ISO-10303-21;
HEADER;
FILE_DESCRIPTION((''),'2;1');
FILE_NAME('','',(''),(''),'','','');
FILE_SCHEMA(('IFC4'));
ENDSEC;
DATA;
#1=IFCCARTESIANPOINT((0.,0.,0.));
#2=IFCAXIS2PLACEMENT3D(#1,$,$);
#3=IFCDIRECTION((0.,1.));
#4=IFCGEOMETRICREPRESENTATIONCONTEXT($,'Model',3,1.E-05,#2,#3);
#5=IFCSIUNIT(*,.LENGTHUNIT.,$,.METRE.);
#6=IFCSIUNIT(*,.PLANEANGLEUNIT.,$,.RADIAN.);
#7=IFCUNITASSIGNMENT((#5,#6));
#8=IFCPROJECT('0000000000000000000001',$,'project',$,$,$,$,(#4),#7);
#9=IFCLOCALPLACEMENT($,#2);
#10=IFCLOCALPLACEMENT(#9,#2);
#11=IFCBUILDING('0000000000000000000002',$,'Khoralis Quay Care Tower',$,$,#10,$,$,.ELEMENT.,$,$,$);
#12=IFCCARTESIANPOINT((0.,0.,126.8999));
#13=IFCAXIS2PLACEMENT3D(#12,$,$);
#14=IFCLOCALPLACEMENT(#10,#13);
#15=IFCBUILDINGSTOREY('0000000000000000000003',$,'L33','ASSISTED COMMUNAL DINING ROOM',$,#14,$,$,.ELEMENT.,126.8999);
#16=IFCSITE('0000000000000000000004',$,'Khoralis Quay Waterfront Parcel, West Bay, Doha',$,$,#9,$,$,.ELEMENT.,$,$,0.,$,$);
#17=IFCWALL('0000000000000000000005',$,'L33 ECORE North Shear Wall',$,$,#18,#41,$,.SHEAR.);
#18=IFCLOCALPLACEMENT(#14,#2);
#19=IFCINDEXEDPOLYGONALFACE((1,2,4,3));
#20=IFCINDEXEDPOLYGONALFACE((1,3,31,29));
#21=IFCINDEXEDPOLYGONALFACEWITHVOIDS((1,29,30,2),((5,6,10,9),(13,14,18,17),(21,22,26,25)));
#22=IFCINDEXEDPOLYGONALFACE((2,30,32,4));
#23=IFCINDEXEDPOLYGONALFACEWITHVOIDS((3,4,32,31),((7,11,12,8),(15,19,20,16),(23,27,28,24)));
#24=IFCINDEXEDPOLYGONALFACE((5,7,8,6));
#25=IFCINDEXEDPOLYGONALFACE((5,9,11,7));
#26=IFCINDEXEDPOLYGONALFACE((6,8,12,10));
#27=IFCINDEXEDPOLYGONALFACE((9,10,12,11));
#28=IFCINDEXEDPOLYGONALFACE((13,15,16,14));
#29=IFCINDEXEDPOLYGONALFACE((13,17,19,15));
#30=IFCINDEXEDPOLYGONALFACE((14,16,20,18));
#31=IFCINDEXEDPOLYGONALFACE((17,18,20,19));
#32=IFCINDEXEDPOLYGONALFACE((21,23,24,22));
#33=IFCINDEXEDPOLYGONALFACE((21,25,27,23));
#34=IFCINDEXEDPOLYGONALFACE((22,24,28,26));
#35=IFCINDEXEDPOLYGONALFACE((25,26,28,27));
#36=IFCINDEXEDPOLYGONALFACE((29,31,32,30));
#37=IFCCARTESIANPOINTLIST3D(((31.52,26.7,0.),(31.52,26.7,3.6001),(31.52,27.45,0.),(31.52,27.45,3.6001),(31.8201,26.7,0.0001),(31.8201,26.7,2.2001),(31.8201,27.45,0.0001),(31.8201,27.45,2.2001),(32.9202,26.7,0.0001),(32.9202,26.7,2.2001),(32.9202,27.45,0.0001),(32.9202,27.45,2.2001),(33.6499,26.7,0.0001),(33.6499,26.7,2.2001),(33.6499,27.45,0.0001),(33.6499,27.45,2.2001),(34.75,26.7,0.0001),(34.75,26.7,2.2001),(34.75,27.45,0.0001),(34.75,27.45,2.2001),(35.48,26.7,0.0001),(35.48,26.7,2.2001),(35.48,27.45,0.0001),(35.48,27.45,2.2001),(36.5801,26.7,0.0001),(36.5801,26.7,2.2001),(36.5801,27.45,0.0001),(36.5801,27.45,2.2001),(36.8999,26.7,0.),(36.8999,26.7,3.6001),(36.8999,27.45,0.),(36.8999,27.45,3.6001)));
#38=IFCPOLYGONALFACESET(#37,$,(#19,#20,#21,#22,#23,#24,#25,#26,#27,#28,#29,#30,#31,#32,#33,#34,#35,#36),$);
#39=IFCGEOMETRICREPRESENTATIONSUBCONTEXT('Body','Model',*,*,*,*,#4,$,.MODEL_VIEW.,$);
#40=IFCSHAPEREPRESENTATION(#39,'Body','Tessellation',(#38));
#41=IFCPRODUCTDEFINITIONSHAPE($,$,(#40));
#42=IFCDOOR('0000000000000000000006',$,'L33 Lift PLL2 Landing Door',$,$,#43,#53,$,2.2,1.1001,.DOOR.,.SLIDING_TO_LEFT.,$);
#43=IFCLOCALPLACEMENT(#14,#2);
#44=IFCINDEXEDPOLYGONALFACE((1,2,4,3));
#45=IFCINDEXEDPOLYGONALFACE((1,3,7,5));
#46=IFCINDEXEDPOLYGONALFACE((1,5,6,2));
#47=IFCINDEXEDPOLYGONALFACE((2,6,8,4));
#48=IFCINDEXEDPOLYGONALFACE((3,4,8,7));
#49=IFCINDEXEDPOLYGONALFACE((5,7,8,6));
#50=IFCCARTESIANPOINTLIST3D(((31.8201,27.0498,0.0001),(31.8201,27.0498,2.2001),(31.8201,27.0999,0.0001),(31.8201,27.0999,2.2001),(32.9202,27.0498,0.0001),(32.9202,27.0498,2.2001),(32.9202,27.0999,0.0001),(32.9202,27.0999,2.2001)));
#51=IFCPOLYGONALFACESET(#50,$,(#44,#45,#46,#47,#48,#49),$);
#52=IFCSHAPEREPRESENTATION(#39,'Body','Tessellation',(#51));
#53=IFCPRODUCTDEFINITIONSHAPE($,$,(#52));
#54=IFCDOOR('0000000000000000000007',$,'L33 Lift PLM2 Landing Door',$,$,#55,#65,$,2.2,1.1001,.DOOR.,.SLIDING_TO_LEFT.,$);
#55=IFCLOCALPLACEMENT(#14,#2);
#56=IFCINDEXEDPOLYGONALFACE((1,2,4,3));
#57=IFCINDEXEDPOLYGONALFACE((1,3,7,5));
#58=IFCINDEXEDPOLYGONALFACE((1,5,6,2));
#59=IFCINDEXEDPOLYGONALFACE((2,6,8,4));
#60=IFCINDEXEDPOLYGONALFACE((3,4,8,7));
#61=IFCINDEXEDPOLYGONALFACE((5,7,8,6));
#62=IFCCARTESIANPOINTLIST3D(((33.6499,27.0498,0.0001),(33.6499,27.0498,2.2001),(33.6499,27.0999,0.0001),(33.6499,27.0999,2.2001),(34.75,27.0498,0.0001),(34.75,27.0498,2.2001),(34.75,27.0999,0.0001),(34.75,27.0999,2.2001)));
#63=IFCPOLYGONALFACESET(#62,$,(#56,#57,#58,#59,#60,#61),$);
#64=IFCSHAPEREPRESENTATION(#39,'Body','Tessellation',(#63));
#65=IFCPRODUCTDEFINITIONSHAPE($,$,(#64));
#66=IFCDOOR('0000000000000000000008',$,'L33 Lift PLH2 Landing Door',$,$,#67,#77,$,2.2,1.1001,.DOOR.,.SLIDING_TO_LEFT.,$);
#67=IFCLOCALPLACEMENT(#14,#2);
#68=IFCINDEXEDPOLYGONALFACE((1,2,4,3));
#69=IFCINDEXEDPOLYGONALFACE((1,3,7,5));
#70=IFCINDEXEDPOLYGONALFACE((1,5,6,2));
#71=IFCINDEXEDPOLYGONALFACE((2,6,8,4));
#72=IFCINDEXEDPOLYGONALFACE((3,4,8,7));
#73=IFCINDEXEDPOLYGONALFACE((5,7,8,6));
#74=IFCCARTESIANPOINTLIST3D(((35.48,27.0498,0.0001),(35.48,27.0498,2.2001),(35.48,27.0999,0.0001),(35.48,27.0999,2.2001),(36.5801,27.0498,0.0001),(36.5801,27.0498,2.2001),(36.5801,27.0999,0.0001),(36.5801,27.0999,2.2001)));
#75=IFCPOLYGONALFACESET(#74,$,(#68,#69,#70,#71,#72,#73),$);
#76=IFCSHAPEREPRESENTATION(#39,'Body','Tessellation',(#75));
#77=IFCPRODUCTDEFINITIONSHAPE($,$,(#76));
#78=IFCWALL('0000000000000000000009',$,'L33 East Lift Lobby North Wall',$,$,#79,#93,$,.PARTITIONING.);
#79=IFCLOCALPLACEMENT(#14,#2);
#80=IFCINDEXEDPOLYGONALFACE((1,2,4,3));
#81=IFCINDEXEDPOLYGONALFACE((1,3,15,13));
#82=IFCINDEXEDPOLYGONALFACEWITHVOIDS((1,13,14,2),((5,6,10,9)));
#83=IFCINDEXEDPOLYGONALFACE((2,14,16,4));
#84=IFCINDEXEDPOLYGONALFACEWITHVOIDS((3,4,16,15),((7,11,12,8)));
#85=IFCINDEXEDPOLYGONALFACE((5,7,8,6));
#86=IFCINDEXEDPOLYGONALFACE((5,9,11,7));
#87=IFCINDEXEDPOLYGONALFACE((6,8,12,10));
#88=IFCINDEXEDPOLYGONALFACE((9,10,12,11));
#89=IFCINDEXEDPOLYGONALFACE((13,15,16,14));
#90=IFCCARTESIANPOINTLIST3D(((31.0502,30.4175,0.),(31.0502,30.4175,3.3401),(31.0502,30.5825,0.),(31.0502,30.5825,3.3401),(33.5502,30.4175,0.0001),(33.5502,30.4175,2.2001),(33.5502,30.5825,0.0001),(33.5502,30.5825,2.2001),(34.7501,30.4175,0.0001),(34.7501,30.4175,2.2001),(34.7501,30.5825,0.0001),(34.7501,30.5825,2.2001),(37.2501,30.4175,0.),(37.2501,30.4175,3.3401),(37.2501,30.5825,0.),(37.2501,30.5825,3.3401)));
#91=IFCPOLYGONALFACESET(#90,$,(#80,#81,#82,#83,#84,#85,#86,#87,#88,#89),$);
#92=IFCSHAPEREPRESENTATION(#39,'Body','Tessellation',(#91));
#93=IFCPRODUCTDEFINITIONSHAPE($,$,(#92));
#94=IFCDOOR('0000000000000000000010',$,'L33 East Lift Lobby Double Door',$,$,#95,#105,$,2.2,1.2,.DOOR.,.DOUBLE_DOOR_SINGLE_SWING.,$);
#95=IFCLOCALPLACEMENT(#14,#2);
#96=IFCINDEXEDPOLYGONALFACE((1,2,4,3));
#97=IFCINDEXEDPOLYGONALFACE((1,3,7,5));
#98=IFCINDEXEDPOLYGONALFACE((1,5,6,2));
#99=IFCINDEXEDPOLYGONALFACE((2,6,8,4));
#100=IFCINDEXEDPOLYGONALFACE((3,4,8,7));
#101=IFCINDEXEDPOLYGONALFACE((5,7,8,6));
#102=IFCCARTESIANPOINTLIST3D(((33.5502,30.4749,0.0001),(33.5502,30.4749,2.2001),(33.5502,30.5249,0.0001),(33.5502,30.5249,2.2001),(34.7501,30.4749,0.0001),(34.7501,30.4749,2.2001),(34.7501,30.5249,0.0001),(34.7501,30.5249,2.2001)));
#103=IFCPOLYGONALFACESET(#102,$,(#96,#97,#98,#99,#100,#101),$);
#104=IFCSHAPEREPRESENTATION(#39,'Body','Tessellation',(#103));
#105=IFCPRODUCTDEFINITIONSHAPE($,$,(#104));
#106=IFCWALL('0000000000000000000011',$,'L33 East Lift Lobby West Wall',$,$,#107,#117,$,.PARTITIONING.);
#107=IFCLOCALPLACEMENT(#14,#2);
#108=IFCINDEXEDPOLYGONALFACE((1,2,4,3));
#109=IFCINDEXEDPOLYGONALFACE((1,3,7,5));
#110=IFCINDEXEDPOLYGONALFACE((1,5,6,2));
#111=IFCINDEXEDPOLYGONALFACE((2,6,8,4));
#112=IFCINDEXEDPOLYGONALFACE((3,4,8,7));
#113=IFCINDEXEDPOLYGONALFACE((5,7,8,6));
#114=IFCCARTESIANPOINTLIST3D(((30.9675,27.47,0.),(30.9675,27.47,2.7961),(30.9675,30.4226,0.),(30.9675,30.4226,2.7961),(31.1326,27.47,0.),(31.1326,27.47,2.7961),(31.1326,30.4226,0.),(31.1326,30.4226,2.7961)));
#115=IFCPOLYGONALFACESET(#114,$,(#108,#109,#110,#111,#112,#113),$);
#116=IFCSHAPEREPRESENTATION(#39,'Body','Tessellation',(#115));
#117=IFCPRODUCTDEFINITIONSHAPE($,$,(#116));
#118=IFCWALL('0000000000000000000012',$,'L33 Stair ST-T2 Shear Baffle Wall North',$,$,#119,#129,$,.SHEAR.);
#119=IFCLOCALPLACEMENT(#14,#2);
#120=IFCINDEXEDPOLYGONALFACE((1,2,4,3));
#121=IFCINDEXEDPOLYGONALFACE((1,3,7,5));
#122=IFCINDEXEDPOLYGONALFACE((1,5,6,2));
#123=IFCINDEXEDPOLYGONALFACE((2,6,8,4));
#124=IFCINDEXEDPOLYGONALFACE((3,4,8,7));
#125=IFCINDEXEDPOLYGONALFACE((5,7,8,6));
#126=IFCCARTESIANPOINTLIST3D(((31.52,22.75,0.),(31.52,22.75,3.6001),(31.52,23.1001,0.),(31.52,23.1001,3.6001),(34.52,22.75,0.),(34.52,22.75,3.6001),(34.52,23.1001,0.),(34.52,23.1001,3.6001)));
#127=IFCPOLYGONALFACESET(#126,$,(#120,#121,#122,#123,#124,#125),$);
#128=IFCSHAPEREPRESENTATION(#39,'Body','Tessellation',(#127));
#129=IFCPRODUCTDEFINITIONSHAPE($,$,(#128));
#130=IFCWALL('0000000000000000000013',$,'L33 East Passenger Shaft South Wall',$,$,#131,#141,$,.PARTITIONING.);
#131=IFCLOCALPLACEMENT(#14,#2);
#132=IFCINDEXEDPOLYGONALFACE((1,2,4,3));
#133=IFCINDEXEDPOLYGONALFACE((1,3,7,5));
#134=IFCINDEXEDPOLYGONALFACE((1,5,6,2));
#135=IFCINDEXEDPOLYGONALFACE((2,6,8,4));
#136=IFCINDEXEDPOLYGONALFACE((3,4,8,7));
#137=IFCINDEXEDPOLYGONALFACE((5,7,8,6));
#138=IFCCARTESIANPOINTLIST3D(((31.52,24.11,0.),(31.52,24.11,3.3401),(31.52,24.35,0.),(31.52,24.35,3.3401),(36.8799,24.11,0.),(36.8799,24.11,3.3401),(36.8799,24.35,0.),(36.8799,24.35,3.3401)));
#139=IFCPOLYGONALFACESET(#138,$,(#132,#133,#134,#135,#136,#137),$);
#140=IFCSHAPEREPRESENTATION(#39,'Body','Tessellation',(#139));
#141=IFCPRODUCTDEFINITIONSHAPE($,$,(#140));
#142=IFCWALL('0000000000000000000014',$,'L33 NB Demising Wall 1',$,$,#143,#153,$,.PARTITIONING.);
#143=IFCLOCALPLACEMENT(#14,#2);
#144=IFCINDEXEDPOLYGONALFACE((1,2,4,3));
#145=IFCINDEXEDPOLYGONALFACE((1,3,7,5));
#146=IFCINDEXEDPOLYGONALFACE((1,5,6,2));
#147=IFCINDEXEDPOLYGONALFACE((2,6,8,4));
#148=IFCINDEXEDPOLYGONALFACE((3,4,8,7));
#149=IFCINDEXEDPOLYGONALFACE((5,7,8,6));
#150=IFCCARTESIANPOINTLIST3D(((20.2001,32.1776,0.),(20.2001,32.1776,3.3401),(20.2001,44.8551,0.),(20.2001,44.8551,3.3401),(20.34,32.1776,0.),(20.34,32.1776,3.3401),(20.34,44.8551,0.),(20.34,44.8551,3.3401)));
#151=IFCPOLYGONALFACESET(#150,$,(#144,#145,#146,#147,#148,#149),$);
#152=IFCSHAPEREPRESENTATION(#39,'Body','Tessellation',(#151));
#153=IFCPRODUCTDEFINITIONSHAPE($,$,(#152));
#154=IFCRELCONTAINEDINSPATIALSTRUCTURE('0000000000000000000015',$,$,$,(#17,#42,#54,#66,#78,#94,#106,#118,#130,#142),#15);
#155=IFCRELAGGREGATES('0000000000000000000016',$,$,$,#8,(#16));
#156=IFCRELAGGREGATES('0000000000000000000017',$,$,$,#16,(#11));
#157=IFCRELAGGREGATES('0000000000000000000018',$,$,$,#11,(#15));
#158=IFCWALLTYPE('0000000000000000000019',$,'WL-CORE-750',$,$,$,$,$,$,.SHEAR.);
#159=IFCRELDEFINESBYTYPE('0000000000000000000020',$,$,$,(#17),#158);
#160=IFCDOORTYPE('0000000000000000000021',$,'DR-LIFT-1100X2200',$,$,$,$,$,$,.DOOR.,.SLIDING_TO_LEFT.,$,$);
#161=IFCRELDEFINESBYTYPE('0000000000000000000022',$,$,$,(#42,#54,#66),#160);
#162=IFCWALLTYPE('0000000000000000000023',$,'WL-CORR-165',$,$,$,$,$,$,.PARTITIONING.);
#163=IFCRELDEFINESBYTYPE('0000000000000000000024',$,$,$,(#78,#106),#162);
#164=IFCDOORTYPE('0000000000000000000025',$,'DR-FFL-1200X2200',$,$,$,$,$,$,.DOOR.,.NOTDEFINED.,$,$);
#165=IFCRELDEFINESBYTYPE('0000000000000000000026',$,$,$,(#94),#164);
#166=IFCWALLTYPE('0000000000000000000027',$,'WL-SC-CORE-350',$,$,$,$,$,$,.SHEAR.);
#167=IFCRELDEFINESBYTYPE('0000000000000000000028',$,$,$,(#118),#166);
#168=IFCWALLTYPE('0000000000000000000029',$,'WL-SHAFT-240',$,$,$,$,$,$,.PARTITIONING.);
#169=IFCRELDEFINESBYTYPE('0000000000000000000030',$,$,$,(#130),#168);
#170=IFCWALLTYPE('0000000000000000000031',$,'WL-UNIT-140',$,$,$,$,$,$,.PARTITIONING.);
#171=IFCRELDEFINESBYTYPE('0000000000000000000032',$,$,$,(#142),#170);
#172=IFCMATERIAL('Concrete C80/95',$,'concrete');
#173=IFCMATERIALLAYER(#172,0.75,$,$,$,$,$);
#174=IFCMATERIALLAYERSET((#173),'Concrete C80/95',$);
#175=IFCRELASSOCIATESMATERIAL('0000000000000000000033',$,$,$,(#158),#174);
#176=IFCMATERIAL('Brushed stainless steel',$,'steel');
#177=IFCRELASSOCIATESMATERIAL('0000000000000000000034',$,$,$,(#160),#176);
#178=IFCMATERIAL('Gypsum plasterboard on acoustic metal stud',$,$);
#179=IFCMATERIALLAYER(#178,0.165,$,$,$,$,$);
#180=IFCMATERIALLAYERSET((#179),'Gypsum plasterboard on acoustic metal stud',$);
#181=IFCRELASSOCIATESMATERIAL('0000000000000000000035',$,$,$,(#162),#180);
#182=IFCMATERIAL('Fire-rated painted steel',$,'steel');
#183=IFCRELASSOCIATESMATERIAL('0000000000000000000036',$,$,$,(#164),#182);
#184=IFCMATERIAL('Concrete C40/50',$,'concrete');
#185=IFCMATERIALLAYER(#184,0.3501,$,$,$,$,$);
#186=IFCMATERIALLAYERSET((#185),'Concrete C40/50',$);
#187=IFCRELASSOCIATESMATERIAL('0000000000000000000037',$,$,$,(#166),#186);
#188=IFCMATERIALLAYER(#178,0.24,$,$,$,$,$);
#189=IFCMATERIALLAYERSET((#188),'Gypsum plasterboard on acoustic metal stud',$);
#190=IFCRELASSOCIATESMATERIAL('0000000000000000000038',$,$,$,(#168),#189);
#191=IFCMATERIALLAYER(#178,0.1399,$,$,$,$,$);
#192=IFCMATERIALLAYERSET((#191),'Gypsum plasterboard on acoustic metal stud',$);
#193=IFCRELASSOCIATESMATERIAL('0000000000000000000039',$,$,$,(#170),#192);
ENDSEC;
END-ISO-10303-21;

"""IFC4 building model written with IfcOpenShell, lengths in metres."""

from ifc_helpers import new_model, si_unit, direction, frame, frame_2d, origin, place, context, subcontext, project, spatial, rectangle, extrude, source, transform, mapped, material, layer, layer_set, type_object, element, fill, save


model = new_model("IFC4")

# Units and contexts
model_context = context("Model", 3, precision=1e-05, world=origin(), true_north=direction((0.0, 1.0)))
body_context = subcontext(model_context, "Body", "Model", "MODEL_VIEW")
ifc_project = project(units=[si_unit("LENGTHUNIT", "METRE"), si_unit("PLANEANGLEUNIT", "RADIAN")], contexts=[model_context])

# Site, building, storey
site_placement = place(None, origin())
site = spatial("IfcSite", under=ifc_project, at=site_placement, Name="Khoralis Quay Waterfront Parcel, West Bay, Doha", CompositionType="ELEMENT", RefElevation=0.0)
building_placement = place(site_placement, origin())
building = spatial("IfcBuilding", under=site, at=building_placement, Name="Khoralis Quay Care Tower", CompositionType="ELEMENT")
storey_placement = place(building_placement, frame((0.0, 0.0, 126.8999)))
storey = spatial("IfcBuildingStorey", under=building, at=storey_placement, Name="L33", Description="ASSISTED COMMUNAL DINING ROOM", CompositionType="ELEMENT", Elevation=126.8999)

# Wall, openings, doors
ifc_material_1 = material(Name="Concrete C80/95", Category="concrete")
ifc_layer_1 = layer(ifc_material_1, 0.75)
ifc_layer_set_1 = layer_set([ifc_layer_1], Name="Concrete C80/95")
wall_type_1 = type_object("IfcWallType", Name="WL-CORE-750", PredefinedType="SHEAR", material=ifc_layer_set_1)
wall_1_placement = place(storey_placement, frame((31.52, 27.075, 0.0), z_axis=(0.0, 0.0, 1.0), x_axis=(1.0, 0.0, 0.0)))
wall_1 = element("IfcWall", 1, at=wall_1_placement, inside=storey, type_object=wall_type_1, Name="L33 ECORE North Shear Wall", PredefinedType="SHEAR", context=body_context, shape_type="SweptSolid", body=[
    extrude(rectangle(XDim=5.3799, YDim=0.75, at=frame_2d((2.6899, 0.0))), origin(), (0.0, 0.0, 1.0), 3.6001),
])
opening_1_placement = place(wall_1_placement, frame((0.3, 0.0, 0.0)))
opening_1 = element("IfcOpeningElement", 2, at=opening_1_placement, cuts=wall_1, PredefinedType="OPENING", context=body_context, shape_type="SweptSolid", body=[
    extrude(rectangle(XDim=1.1001, YDim=2.2, at=frame_2d((0.55, 1.1001))), frame((0.0, 0.385, 0.0), z_axis=(0.0, -1.0, 0.0), x_axis=(1.0, 0.0, 0.0)), (0.0, 0.0, 1.0), 0.77),
])
opening_2_placement = place(wall_1_placement, frame((2.1299, 0.0, 0.0)))
opening_2 = element("IfcOpeningElement", 3, at=opening_2_placement, cuts=wall_1, PredefinedType="OPENING", context=body_context, shape_type="SweptSolid", body=[
    extrude(rectangle(XDim=1.1001, YDim=2.2, at=frame_2d((0.55, 1.1001))), frame((0.0, 0.385, 0.0), z_axis=(0.0, -1.0, 0.0), x_axis=(1.0, 0.0, 0.0)), (0.0, 0.0, 1.0), 0.77),
])
opening_3_placement = place(wall_1_placement, frame((3.96, 0.0, 0.0)))
opening_3 = element("IfcOpeningElement", 4, at=opening_3_placement, cuts=wall_1, PredefinedType="OPENING", context=body_context, shape_type="SweptSolid", body=[
    extrude(rectangle(XDim=1.1001, YDim=2.2, at=frame_2d((0.55, 1.1001))), frame((0.0, 0.385, 0.0), z_axis=(0.0, -1.0, 0.0), x_axis=(1.0, 0.0, 0.0)), (0.0, 0.0, 1.0), 0.77),
])
ifc_material_2 = material(Name="Brushed stainless steel", Category="steel")
door_type_1 = type_object("IfcDoorType", Name="DR-LIFT-1100X2200", OperationType="SLIDING_TO_LEFT", PredefinedType="DOOR", material=ifc_material_2)
shared_shape_1 = source(origin(), body_context, "Body", "SweptSolid", [
    extrude(rectangle(XDim=1.1001, YDim=2.2, at=frame_2d((0.55, 1.1001))), frame((0.0, 0.0249, 0.0), z_axis=(0.0, -1.0, 0.0), x_axis=(1.0, 0.0, 0.0)), (0.0, 0.0, 1.0), 0.05),
])
door_1_placement = place(opening_1_placement, origin())
door_1 = element("IfcDoor", 5, at=door_1_placement, inside=storey, type_object=door_type_1, Name="L33 Lift PLL2 Landing Door", OperationType="SLIDING_TO_LEFT", OverallHeight=2.2, OverallWidth=1.1001, PredefinedType="DOOR", context=body_context, shape_type="MappedRepresentation", body=[
    mapped(shared_shape_1, transform((0.0, 0.0, 0.0), scale=1.0)),
])
fill(opening_1, door_1)
door_2_placement = place(opening_2_placement, origin())
door_2 = element("IfcDoor", 6, at=door_2_placement, inside=storey, type_object=door_type_1, Name="L33 Lift PLM2 Landing Door", OperationType="SLIDING_TO_LEFT", OverallHeight=2.2, OverallWidth=1.1001, PredefinedType="DOOR", context=body_context, shape_type="MappedRepresentation", body=[
    mapped(shared_shape_1, transform((0.0, 0.0, 0.0), scale=1.0)),
])
fill(opening_2, door_2)
door_3_placement = place(opening_3_placement, origin())
door_3 = element("IfcDoor", 7, at=door_3_placement, inside=storey, type_object=door_type_1, Name="L33 Lift PLH2 Landing Door", OperationType="SLIDING_TO_LEFT", OverallHeight=2.2, OverallWidth=1.1001, PredefinedType="DOOR", context=body_context, shape_type="MappedRepresentation", body=[
    mapped(shared_shape_1, transform((0.0, 0.0, 0.0), scale=1.0)),
])
fill(opening_3, door_3)

# Wall, opening, door
ifc_material_3 = material(Name="Gypsum plasterboard on acoustic metal stud")
ifc_layer_2 = layer(ifc_material_3, 0.165)
ifc_layer_set_2 = layer_set([ifc_layer_2], Name="Gypsum plasterboard on acoustic metal stud")
wall_type_2 = type_object("IfcWallType", Name="WL-CORR-165", PredefinedType="PARTITIONING", material=ifc_layer_set_2)
wall_2_placement = place(storey_placement, frame((31.05, 30.5, 0.0), z_axis=(0.0, 0.0, 1.0), x_axis=(1.0, 0.0, 0.0)))
wall_2 = element("IfcWall", 8, at=wall_2_placement, inside=storey, type_object=wall_type_2, Name="L33 East Lift Lobby North Wall", PredefinedType="PARTITIONING", context=body_context, shape_type="SweptSolid", body=[
    extrude(rectangle(XDim=6.2, YDim=0.165, at=frame_2d((3.1001, 0.0))), origin(), (0.0, 0.0, 1.0), 3.3401),
])
opening_4_placement = place(wall_2_placement, frame((2.5, 0.0, 0.0)))
opening_4 = element("IfcOpeningElement", 9, at=opening_4_placement, cuts=wall_2, PredefinedType="OPENING", context=body_context, shape_type="SweptSolid", body=[
    extrude(rectangle(XDim=1.2, YDim=2.2, at=frame_2d((0.6001, 1.1001))), frame((0.0, 0.0925, 0.0), z_axis=(0.0, -1.0, 0.0), x_axis=(1.0, 0.0, 0.0)), (0.0, 0.0, 1.0), 0.1851),
])
ifc_material_4 = material(Name="Fire-rated painted steel", Category="steel")
door_type_2 = type_object("IfcDoorType", Name="DR-FFL-1200X2200", OperationType="NOTDEFINED", PredefinedType="DOOR", material=ifc_material_4)
shared_shape_2 = source(origin(), body_context, "Body", "SweptSolid", [
    extrude(rectangle(XDim=1.2, YDim=2.2, at=frame_2d((0.6001, 1.1001))), frame((0.0, 0.0249, 0.0), z_axis=(0.0, -1.0, 0.0), x_axis=(1.0, 0.0, 0.0)), (0.0, 0.0, 1.0), 0.05),
])
door_4_placement = place(opening_4_placement, origin())
door_4 = element("IfcDoor", 10, at=door_4_placement, inside=storey, type_object=door_type_2, Name="L33 East Lift Lobby Double Door", OperationType="DOUBLE_DOOR_SINGLE_SWING", OverallHeight=2.2, OverallWidth=1.2, PredefinedType="DOOR", context=body_context, shape_type="MappedRepresentation", body=[
    mapped(shared_shape_2, transform((0.0, 0.0, 0.0), scale=1.0)),
])
fill(opening_4, door_4)

# Walls
wall_3_placement = place(storey_placement, frame((31.05, 27.47, 0.0), z_axis=(0.0, 0.0, 1.0), x_axis=(0.0, 1.0, 0.0)))
element("IfcWall", 11, at=wall_3_placement, inside=storey, type_object=wall_type_2, Name="L33 East Lift Lobby West Wall", PredefinedType="PARTITIONING", context=body_context, shape_type="SweptSolid", body=[
    extrude(rectangle(XDim=2.9526, YDim=0.165, at=frame_2d((1.4763, 0.0))), origin(), (0.0, 0.0, 1.0), 2.7961),
])
ifc_material_5 = material(Name="Concrete C40/50", Category="concrete")
ifc_layer_3 = layer(ifc_material_5, 0.3501)
ifc_layer_set_3 = layer_set([ifc_layer_3], Name="Concrete C40/50")
wall_type_3 = type_object("IfcWallType", Name="WL-SC-CORE-350", PredefinedType="SHEAR", material=ifc_layer_set_3)
wall_4_placement = place(storey_placement, frame((31.52, 22.925, 0.0), z_axis=(0.0, 0.0, 1.0), x_axis=(1.0, 0.0, 0.0)))
element("IfcWall", 12, at=wall_4_placement, inside=storey, type_object=wall_type_3, Name="L33 Stair ST-T2 Shear Baffle Wall North", PredefinedType="SHEAR", context=body_context, shape_type="SweptSolid", body=[
    extrude(rectangle(XDim=3.0, YDim=0.3501, at=frame_2d((1.5, 0.0))), origin(), (0.0, 0.0, 1.0), 3.6001),
])
ifc_layer_4 = layer(ifc_material_3, 0.24)
ifc_layer_set_4 = layer_set([ifc_layer_4], Name="Gypsum plasterboard on acoustic metal stud")
wall_type_4 = type_object("IfcWallType", Name="WL-SHAFT-240", PredefinedType="PARTITIONING", material=ifc_layer_set_4)
wall_5_placement = place(storey_placement, frame((31.52, 24.23, 0.0), z_axis=(0.0, 0.0, 1.0), x_axis=(1.0, 0.0, 0.0)))
element("IfcWall", 13, at=wall_5_placement, inside=storey, type_object=wall_type_4, Name="L33 East Passenger Shaft South Wall", PredefinedType="PARTITIONING", context=body_context, shape_type="SweptSolid", body=[
    extrude(rectangle(XDim=5.3599, YDim=0.24, at=frame_2d((2.6799, 0.0))), origin(), (0.0, 0.0, 1.0), 3.3401),
])
ifc_layer_5 = layer(ifc_material_3, 0.1399)
ifc_layer_set_5 = layer_set([ifc_layer_5], Name="Gypsum plasterboard on acoustic metal stud")
wall_type_5 = type_object("IfcWallType", Name="WL-UNIT-140", PredefinedType="PARTITIONING", material=ifc_layer_set_5)
wall_6_placement = place(storey_placement, frame((20.27, 32.1775, 0.0), z_axis=(0.0, 0.0, 1.0), x_axis=(0.0, 1.0, 0.0)))
element("IfcWall", 14, at=wall_6_placement, inside=storey, type_object=wall_type_5, Name="L33 NB Demising Wall 1", PredefinedType="PARTITIONING", context=body_context, shape_type="SweptSolid", body=[
    extrude(rectangle(XDim=12.6775, YDim=0.1399, at=frame_2d((6.3389, 0.0))), origin(), (0.0, 0.0, 1.0), 3.3401),
])

save(model, "model.ifc")
